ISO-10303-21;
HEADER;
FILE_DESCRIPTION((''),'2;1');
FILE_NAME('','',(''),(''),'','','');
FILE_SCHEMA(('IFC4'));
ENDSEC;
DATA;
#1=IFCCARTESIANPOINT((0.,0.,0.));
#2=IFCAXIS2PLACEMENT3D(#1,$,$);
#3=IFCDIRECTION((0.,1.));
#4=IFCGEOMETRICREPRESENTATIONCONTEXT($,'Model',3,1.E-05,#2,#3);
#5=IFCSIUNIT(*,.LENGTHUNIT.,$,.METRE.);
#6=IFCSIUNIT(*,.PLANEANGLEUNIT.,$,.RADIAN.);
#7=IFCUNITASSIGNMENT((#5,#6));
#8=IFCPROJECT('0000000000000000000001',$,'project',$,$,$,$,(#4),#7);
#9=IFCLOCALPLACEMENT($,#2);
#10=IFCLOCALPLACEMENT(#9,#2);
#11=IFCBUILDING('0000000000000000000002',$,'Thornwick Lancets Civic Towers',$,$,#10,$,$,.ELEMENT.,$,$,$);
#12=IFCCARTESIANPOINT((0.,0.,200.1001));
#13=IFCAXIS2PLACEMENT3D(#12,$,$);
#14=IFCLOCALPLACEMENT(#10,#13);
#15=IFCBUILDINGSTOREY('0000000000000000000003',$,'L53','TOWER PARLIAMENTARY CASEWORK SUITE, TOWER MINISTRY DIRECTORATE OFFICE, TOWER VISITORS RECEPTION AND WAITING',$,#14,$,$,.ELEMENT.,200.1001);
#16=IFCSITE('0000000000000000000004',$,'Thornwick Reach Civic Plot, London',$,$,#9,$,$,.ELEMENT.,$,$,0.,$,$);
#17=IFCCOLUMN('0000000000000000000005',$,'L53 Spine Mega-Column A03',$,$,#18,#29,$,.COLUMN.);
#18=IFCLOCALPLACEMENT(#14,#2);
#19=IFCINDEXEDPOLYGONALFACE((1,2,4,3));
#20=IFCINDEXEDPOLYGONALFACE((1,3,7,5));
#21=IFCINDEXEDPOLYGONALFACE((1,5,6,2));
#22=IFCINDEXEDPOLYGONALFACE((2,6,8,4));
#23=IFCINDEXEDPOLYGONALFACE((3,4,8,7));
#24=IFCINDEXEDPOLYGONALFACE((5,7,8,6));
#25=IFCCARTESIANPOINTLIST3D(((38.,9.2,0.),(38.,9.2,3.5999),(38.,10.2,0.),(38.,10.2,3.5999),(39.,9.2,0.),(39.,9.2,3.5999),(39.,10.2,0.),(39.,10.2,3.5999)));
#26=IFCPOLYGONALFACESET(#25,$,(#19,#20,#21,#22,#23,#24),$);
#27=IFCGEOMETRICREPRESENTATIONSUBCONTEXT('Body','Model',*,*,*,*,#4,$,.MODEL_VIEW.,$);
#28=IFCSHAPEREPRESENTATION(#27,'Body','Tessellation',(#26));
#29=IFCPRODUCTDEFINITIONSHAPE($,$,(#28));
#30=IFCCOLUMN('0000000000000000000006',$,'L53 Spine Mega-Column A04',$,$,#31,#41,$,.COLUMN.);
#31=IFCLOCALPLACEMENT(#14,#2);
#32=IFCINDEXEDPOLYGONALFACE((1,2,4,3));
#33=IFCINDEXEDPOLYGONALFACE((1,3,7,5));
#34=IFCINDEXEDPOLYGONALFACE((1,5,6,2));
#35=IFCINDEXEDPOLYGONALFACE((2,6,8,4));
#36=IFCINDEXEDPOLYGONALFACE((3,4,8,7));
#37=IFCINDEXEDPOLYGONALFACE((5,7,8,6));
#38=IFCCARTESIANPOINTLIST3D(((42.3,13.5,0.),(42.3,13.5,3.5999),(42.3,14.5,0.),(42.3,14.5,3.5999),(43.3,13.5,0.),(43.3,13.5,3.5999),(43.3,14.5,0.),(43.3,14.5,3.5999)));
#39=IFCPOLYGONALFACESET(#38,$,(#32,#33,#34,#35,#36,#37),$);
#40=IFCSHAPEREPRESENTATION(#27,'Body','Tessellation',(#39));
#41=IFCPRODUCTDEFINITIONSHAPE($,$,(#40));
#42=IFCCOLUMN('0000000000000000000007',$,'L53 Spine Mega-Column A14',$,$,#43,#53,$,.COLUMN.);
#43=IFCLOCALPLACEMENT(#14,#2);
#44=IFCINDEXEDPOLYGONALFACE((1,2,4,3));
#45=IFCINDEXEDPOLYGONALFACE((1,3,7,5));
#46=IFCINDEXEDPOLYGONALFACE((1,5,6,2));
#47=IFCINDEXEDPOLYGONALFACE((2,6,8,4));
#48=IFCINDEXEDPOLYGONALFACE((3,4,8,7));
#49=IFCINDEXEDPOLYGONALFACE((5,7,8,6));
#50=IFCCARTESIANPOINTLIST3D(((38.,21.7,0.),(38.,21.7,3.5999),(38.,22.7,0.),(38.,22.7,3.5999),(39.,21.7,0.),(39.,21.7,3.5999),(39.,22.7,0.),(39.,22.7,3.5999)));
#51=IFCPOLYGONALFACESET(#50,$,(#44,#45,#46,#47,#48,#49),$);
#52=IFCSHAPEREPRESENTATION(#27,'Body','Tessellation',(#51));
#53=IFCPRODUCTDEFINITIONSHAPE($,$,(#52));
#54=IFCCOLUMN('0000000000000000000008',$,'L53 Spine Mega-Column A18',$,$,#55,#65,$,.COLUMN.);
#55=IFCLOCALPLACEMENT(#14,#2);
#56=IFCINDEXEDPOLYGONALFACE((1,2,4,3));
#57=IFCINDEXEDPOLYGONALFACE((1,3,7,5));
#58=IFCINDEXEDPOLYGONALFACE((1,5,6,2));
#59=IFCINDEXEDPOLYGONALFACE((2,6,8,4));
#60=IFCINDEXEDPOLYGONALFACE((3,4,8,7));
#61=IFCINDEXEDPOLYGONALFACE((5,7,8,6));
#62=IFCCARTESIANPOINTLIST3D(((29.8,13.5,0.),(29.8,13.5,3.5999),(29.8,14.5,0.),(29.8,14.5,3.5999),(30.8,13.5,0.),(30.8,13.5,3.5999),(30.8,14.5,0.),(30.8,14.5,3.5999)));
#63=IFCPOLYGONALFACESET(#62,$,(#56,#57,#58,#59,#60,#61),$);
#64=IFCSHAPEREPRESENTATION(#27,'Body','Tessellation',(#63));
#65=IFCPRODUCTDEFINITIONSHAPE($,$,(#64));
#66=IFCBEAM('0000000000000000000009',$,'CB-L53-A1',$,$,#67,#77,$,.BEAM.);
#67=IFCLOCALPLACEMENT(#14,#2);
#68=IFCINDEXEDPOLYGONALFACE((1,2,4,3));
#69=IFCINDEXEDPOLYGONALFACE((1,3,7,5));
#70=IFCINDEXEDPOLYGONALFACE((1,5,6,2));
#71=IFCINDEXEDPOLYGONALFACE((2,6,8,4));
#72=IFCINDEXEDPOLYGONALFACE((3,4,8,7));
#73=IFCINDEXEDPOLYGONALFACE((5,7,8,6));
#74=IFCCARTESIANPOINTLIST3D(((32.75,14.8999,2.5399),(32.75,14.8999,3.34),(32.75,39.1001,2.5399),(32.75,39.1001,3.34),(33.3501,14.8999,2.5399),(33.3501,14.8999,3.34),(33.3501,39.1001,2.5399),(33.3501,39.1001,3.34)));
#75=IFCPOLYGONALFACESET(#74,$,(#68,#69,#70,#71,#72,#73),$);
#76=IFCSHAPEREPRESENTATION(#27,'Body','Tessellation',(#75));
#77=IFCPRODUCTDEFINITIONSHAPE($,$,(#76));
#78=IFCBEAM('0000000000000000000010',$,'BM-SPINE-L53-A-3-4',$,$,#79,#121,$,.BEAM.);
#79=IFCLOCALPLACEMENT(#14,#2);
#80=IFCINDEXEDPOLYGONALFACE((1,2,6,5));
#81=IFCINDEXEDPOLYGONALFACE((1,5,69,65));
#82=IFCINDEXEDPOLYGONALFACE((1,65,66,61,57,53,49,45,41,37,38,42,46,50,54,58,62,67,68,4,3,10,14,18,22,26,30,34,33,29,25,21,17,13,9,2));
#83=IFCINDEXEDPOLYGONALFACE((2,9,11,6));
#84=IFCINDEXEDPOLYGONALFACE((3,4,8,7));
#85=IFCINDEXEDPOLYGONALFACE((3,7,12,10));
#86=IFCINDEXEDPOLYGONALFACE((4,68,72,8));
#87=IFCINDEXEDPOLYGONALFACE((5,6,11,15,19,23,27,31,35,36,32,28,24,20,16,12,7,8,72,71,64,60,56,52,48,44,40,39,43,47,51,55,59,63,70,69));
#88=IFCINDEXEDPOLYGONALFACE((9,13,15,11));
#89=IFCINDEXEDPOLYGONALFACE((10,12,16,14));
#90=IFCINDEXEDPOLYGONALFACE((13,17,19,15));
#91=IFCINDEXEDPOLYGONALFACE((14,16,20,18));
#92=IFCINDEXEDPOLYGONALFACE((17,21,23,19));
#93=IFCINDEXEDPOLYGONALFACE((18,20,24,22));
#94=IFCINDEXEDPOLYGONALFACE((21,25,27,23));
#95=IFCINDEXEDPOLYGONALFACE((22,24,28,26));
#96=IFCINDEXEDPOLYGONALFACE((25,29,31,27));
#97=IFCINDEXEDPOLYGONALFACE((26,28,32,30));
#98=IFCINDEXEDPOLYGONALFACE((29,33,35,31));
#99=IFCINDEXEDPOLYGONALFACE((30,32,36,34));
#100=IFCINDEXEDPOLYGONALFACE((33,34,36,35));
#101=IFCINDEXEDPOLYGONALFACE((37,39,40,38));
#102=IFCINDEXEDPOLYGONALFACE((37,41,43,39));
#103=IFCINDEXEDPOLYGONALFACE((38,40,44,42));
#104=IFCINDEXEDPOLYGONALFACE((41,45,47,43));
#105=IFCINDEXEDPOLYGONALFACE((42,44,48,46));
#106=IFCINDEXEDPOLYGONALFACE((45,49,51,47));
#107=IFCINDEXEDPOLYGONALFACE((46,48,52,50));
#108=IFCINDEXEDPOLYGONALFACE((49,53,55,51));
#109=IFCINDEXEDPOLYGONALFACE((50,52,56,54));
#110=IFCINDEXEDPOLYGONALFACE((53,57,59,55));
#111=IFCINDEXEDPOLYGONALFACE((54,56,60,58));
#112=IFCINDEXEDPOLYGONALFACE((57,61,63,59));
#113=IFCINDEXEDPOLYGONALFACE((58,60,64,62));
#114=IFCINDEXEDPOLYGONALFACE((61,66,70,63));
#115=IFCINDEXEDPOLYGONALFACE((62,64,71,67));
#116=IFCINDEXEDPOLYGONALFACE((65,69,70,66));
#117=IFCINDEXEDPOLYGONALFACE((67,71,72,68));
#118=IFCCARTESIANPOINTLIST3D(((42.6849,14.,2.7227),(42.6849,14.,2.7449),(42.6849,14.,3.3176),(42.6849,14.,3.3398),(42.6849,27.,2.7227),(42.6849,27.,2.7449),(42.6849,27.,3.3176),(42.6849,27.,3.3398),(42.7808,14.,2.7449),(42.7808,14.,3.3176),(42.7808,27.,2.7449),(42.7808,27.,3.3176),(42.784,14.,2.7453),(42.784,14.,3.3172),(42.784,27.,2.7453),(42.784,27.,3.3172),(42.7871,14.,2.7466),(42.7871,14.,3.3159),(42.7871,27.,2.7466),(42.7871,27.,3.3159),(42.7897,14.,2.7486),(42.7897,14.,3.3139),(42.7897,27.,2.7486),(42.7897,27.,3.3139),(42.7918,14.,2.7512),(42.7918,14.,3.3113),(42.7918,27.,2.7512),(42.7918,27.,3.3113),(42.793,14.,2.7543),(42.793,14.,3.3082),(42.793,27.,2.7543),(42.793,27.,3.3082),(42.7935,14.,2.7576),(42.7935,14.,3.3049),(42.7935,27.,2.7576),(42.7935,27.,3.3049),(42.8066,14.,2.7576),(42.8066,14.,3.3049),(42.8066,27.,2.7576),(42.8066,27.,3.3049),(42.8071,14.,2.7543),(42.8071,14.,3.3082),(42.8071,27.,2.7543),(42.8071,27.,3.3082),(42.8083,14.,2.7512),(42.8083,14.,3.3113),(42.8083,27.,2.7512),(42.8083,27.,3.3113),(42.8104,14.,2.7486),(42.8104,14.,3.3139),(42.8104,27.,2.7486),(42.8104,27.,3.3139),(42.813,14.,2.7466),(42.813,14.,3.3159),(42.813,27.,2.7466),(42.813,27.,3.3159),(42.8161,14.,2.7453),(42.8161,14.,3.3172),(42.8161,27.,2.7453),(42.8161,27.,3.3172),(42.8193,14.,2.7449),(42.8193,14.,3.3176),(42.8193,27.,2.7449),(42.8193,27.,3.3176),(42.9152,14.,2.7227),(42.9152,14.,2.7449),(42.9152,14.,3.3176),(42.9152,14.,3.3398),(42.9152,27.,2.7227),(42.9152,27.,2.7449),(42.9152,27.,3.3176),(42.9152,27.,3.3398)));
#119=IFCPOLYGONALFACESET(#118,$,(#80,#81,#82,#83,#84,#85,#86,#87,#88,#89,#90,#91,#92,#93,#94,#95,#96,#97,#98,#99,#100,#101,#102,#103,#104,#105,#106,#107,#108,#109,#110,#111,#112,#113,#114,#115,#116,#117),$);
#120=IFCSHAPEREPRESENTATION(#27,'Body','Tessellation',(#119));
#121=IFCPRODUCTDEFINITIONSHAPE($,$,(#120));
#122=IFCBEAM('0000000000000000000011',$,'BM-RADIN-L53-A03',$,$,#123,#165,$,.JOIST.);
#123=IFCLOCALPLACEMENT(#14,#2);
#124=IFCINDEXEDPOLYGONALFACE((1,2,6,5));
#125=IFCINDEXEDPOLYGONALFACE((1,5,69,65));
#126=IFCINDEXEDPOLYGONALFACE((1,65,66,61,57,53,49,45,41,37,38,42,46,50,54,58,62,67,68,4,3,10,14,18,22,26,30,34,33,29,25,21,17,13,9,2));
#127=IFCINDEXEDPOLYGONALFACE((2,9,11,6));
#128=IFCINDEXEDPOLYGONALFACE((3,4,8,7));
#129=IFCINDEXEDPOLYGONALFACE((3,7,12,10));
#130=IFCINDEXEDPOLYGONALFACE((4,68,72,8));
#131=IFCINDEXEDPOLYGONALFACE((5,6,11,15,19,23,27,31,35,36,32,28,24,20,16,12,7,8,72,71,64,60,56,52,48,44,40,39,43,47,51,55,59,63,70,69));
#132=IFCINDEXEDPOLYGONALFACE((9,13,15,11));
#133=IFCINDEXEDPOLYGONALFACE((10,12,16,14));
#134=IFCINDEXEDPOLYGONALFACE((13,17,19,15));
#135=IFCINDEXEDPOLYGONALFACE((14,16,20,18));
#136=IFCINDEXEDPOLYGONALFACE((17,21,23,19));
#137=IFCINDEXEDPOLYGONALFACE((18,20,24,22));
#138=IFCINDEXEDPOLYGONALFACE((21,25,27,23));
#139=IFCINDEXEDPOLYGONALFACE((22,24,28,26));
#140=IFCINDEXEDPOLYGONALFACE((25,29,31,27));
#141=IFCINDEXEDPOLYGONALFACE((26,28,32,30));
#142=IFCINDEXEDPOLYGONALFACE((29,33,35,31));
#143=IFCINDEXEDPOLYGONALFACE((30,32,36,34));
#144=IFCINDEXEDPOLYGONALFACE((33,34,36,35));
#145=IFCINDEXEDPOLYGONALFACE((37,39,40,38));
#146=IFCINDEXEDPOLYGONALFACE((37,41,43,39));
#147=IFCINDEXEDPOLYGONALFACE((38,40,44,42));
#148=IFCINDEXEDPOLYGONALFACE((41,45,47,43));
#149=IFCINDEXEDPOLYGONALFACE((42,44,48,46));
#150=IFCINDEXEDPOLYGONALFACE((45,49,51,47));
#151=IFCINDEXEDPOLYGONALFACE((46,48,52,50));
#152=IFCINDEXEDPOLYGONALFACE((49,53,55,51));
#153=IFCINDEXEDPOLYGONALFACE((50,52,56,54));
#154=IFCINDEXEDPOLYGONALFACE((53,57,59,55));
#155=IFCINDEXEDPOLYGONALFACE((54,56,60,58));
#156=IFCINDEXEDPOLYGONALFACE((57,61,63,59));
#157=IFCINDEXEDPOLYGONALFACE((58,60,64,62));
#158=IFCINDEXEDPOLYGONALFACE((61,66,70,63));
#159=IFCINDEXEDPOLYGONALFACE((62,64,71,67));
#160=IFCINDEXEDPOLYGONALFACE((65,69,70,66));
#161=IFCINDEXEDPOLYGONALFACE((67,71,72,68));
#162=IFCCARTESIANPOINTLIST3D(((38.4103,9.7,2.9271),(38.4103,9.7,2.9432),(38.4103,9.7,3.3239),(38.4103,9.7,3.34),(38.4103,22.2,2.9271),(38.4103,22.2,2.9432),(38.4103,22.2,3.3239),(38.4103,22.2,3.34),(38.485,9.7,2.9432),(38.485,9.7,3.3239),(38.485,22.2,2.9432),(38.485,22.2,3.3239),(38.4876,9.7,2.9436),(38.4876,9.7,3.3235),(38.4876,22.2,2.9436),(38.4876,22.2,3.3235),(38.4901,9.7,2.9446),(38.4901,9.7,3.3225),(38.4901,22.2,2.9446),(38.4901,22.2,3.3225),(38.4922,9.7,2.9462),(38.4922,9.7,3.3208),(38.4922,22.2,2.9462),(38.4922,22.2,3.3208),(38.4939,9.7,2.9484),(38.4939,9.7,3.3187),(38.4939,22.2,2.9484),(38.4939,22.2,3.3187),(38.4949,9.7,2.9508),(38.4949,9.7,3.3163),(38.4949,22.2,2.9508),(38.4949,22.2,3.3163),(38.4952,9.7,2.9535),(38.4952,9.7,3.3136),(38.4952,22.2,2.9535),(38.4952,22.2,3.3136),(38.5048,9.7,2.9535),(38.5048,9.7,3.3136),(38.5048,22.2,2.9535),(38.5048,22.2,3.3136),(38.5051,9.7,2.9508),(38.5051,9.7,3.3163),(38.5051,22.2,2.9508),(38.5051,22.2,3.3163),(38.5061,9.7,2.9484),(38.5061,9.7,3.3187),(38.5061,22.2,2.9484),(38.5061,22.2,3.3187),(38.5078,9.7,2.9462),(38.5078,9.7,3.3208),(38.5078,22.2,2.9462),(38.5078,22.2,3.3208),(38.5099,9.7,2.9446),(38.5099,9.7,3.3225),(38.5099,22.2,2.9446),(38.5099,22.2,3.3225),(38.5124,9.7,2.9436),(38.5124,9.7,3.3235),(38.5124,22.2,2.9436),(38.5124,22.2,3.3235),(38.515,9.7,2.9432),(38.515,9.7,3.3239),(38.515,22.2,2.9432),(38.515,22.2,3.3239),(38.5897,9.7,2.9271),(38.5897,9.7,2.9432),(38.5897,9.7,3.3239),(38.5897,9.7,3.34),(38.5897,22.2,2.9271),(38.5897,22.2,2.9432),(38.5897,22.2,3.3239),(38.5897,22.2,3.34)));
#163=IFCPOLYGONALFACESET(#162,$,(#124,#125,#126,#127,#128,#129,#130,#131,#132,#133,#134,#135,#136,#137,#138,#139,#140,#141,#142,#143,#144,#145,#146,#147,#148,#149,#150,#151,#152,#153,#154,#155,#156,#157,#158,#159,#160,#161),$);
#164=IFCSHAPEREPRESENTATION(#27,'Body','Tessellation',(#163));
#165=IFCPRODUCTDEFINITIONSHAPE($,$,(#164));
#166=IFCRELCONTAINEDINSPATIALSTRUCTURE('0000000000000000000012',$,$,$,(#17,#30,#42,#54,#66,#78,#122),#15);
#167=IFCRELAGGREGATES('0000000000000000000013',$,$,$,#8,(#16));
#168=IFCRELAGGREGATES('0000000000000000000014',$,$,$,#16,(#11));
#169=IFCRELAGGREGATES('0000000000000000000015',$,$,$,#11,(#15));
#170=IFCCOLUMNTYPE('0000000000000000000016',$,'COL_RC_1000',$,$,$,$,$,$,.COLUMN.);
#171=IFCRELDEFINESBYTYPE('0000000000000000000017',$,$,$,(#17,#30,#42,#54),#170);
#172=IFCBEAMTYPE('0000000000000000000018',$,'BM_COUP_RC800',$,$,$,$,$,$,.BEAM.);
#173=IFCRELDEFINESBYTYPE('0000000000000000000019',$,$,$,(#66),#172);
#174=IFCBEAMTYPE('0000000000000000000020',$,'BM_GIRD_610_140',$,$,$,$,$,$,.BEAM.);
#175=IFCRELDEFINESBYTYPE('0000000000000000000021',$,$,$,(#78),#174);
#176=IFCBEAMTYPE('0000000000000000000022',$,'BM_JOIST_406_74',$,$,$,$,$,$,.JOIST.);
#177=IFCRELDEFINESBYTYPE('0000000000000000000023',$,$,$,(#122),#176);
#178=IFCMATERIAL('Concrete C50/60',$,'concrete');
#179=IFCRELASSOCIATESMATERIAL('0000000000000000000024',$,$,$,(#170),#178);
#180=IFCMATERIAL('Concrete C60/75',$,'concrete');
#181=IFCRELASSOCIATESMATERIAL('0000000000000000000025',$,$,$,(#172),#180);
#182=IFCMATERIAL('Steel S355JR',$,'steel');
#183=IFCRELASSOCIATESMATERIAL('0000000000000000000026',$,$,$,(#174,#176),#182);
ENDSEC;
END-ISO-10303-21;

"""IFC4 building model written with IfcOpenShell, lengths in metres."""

from ifc_helpers import new_model, si_unit, direction, frame, origin, origin_2d, place, context, subcontext, project, spatial, rectangle, i_section, extrude, material, material_profile, profile_set, type_object, element, save


model = new_model("IFC4")

# Units and contexts
model_context = context("Model", 3, precision=1e-05, world=origin(), true_north=direction((0.0, 1.0)))
body_context = subcontext(model_context, "Body", "Model", "MODEL_VIEW")
ifc_project = project(units=[si_unit("LENGTHUNIT", "METRE"), si_unit("PLANEANGLEUNIT", "RADIAN")], contexts=[model_context])

# Site, building, storey
site_placement = place(None, origin())
site = spatial("IfcSite", under=ifc_project, at=site_placement, Name="Thornwick Reach Civic Plot, London", CompositionType="ELEMENT", RefElevation=0.0)
building_placement = place(site_placement, origin())
building = spatial("IfcBuilding", under=site, at=building_placement, Name="Thornwick Lancets Civic Towers", CompositionType="ELEMENT")
storey_placement = place(building_placement, frame((0.0, 0.0, 200.1001)))
storey = spatial("IfcBuildingStorey", under=building, at=storey_placement, Name="L53", Description="TOWER PARLIAMENTARY CASEWORK SUITE, TOWER MINISTRY DIRECTORATE OFFICE, TOWER VISITORS RECEPTION AND WAITING", CompositionType="ELEMENT", Elevation=200.1001)

# Columns
ifc_material_1 = material(Name="Concrete C50/60", Category="concrete")
ifc_material_profile_1 = material_profile(ifc_material_1, rectangle(XDim=1.0, YDim=1.0, at=origin_2d()), Name="RC 1000x1000")
ifc_profile_set_1 = profile_set([ifc_material_profile_1], Name="Concrete C50/60")
column_type = type_object("IfcColumnType", Name="COL_RC_1000", PredefinedType="COLUMN", material=ifc_profile_set_1)
for number, where, z_axis, x_axis, name in (
    (1, (38.5, 9.7, 0.0), (0.0, 0.0, 1.0), (1.0, 0.0, 0.0), "L53 Spine Mega-Column A03"),
    (2, (42.8, 14.0, 0.0), (0.0, 0.0, 1.0), (1.0, 0.0, 0.0), "L53 Spine Mega-Column A04"),
    (3, (38.5, 22.2, 0.0), (0.0, 0.0, 1.0), (1.0, 0.0, 0.0), "L53 Spine Mega-Column A14"),
    (4, (30.3, 14.0, 0.0), (0.0, 0.0, 1.0), (1.0, 0.0, 0.0), "L53 Spine Mega-Column A18"),
):
    element("IfcColumn", number, at=place(storey_placement, frame(where, z_axis=z_axis, x_axis=x_axis)), inside=storey, type_object=column_type, Name=name, PredefinedType="COLUMN", context=body_context, shape_type="SweptSolid", body=[
        extrude(rectangle(XDim=1.0, YDim=1.0, at=origin_2d()), origin(), (0.0, 0.0, 1.0), 3.5999),
    ])

# Beams
ifc_material_2 = material(Name="Concrete C60/75", Category="concrete")
ifc_material_profile_2 = material_profile(ifc_material_2, rectangle(XDim=0.6001, YDim=0.8, at=origin_2d()), Name="RC 600x800")
ifc_profile_set_2 = profile_set([ifc_material_profile_2], Name="Concrete C60/75")
beam_type_1 = type_object("IfcBeamType", Name="BM_COUP_RC800", PredefinedType="BEAM", material=ifc_profile_set_2)
beam_1_placement = place(storey_placement, frame((33.05, 14.8999, 2.9399), z_axis=(0.0, 1.0, 0.0), x_axis=(-1.0, 0.0, 0.0)))
element("IfcBeam", 5, at=beam_1_placement, inside=storey, type_object=beam_type_1, Name="CB-L53-A1", PredefinedType="BEAM", context=body_context, shape_type="SweptSolid", body=[
    extrude(rectangle(XDim=0.6001, YDim=0.8, at=origin_2d()), origin(), (0.0, 0.0, 1.0), 24.2002),
])
ifc_material_3 = material(Name="Steel S355JR", Category="steel")
ifc_material_profile_3 = material_profile(ifc_material_3, i_section(OverallWidth=0.2302, OverallDepth=0.6172, WebThickness=0.0132, FlangeThickness=0.0222, FilletRadius=0.0127, at=origin_2d()), Name="UKB 610x229x140")
ifc_profile_set_3 = profile_set([ifc_material_profile_3], Name="Steel S355JR")
beam_type_2 = type_object("IfcBeamType", Name="BM_GIRD_610_140", PredefinedType="BEAM", material=ifc_profile_set_3)
beam_2_placement = place(storey_placement, frame((42.8, 14.0, 3.0312), z_axis=(0.0, 1.0, 0.0), x_axis=(-1.0, 0.0, 0.0)))
element("IfcBeam", 6, at=beam_2_placement, inside=storey, type_object=beam_type_2, Name="BM-SPINE-L53-A-3-4", PredefinedType="BEAM", context=body_context, shape_type="SweptSolid", body=[
    extrude(i_section(OverallWidth=0.2302, OverallDepth=0.6172, WebThickness=0.0132, FlangeThickness=0.0222, FilletRadius=0.0127, at=origin_2d()), origin(), (0.0, 0.0, 1.0), 13.0),
])
ifc_material_profile_4 = material_profile(ifc_material_3, i_section(OverallWidth=0.1794, OverallDepth=0.4128, WebThickness=0.0095, FlangeThickness=0.0161, FilletRadius=0.0103, at=origin_2d()), Name="UKB 406x178x74")
ifc_profile_set_4 = profile_set([ifc_material_profile_4], Name="Steel S355JR")
beam_type_3 = type_object("IfcBeamType", Name="BM_JOIST_406_74", PredefinedType="JOIST", material=ifc_profile_set_4)
for number, where, z_axis, x_axis, name in (
    (7, (38.5, 22.2, 3.1335), (0.0, -1.0, 0.0), (1.0, 0.0, 0.0), "BM-RADIN-L53-A03"),
):
    element("IfcBeam", number, at=place(storey_placement, frame(where, z_axis=z_axis, x_axis=x_axis)), inside=storey, type_object=beam_type_3, Name=name, PredefinedType="JOIST", context=body_context, shape_type="SweptSolid", body=[
        extrude(i_section(OverallWidth=0.1794, OverallDepth=0.4128, WebThickness=0.0095, FlangeThickness=0.0161, FilletRadius=0.0103, at=origin_2d()), origin(), (0.0, 0.0, 1.0), 12.5),
    ])

save(model, "model.ifc")
